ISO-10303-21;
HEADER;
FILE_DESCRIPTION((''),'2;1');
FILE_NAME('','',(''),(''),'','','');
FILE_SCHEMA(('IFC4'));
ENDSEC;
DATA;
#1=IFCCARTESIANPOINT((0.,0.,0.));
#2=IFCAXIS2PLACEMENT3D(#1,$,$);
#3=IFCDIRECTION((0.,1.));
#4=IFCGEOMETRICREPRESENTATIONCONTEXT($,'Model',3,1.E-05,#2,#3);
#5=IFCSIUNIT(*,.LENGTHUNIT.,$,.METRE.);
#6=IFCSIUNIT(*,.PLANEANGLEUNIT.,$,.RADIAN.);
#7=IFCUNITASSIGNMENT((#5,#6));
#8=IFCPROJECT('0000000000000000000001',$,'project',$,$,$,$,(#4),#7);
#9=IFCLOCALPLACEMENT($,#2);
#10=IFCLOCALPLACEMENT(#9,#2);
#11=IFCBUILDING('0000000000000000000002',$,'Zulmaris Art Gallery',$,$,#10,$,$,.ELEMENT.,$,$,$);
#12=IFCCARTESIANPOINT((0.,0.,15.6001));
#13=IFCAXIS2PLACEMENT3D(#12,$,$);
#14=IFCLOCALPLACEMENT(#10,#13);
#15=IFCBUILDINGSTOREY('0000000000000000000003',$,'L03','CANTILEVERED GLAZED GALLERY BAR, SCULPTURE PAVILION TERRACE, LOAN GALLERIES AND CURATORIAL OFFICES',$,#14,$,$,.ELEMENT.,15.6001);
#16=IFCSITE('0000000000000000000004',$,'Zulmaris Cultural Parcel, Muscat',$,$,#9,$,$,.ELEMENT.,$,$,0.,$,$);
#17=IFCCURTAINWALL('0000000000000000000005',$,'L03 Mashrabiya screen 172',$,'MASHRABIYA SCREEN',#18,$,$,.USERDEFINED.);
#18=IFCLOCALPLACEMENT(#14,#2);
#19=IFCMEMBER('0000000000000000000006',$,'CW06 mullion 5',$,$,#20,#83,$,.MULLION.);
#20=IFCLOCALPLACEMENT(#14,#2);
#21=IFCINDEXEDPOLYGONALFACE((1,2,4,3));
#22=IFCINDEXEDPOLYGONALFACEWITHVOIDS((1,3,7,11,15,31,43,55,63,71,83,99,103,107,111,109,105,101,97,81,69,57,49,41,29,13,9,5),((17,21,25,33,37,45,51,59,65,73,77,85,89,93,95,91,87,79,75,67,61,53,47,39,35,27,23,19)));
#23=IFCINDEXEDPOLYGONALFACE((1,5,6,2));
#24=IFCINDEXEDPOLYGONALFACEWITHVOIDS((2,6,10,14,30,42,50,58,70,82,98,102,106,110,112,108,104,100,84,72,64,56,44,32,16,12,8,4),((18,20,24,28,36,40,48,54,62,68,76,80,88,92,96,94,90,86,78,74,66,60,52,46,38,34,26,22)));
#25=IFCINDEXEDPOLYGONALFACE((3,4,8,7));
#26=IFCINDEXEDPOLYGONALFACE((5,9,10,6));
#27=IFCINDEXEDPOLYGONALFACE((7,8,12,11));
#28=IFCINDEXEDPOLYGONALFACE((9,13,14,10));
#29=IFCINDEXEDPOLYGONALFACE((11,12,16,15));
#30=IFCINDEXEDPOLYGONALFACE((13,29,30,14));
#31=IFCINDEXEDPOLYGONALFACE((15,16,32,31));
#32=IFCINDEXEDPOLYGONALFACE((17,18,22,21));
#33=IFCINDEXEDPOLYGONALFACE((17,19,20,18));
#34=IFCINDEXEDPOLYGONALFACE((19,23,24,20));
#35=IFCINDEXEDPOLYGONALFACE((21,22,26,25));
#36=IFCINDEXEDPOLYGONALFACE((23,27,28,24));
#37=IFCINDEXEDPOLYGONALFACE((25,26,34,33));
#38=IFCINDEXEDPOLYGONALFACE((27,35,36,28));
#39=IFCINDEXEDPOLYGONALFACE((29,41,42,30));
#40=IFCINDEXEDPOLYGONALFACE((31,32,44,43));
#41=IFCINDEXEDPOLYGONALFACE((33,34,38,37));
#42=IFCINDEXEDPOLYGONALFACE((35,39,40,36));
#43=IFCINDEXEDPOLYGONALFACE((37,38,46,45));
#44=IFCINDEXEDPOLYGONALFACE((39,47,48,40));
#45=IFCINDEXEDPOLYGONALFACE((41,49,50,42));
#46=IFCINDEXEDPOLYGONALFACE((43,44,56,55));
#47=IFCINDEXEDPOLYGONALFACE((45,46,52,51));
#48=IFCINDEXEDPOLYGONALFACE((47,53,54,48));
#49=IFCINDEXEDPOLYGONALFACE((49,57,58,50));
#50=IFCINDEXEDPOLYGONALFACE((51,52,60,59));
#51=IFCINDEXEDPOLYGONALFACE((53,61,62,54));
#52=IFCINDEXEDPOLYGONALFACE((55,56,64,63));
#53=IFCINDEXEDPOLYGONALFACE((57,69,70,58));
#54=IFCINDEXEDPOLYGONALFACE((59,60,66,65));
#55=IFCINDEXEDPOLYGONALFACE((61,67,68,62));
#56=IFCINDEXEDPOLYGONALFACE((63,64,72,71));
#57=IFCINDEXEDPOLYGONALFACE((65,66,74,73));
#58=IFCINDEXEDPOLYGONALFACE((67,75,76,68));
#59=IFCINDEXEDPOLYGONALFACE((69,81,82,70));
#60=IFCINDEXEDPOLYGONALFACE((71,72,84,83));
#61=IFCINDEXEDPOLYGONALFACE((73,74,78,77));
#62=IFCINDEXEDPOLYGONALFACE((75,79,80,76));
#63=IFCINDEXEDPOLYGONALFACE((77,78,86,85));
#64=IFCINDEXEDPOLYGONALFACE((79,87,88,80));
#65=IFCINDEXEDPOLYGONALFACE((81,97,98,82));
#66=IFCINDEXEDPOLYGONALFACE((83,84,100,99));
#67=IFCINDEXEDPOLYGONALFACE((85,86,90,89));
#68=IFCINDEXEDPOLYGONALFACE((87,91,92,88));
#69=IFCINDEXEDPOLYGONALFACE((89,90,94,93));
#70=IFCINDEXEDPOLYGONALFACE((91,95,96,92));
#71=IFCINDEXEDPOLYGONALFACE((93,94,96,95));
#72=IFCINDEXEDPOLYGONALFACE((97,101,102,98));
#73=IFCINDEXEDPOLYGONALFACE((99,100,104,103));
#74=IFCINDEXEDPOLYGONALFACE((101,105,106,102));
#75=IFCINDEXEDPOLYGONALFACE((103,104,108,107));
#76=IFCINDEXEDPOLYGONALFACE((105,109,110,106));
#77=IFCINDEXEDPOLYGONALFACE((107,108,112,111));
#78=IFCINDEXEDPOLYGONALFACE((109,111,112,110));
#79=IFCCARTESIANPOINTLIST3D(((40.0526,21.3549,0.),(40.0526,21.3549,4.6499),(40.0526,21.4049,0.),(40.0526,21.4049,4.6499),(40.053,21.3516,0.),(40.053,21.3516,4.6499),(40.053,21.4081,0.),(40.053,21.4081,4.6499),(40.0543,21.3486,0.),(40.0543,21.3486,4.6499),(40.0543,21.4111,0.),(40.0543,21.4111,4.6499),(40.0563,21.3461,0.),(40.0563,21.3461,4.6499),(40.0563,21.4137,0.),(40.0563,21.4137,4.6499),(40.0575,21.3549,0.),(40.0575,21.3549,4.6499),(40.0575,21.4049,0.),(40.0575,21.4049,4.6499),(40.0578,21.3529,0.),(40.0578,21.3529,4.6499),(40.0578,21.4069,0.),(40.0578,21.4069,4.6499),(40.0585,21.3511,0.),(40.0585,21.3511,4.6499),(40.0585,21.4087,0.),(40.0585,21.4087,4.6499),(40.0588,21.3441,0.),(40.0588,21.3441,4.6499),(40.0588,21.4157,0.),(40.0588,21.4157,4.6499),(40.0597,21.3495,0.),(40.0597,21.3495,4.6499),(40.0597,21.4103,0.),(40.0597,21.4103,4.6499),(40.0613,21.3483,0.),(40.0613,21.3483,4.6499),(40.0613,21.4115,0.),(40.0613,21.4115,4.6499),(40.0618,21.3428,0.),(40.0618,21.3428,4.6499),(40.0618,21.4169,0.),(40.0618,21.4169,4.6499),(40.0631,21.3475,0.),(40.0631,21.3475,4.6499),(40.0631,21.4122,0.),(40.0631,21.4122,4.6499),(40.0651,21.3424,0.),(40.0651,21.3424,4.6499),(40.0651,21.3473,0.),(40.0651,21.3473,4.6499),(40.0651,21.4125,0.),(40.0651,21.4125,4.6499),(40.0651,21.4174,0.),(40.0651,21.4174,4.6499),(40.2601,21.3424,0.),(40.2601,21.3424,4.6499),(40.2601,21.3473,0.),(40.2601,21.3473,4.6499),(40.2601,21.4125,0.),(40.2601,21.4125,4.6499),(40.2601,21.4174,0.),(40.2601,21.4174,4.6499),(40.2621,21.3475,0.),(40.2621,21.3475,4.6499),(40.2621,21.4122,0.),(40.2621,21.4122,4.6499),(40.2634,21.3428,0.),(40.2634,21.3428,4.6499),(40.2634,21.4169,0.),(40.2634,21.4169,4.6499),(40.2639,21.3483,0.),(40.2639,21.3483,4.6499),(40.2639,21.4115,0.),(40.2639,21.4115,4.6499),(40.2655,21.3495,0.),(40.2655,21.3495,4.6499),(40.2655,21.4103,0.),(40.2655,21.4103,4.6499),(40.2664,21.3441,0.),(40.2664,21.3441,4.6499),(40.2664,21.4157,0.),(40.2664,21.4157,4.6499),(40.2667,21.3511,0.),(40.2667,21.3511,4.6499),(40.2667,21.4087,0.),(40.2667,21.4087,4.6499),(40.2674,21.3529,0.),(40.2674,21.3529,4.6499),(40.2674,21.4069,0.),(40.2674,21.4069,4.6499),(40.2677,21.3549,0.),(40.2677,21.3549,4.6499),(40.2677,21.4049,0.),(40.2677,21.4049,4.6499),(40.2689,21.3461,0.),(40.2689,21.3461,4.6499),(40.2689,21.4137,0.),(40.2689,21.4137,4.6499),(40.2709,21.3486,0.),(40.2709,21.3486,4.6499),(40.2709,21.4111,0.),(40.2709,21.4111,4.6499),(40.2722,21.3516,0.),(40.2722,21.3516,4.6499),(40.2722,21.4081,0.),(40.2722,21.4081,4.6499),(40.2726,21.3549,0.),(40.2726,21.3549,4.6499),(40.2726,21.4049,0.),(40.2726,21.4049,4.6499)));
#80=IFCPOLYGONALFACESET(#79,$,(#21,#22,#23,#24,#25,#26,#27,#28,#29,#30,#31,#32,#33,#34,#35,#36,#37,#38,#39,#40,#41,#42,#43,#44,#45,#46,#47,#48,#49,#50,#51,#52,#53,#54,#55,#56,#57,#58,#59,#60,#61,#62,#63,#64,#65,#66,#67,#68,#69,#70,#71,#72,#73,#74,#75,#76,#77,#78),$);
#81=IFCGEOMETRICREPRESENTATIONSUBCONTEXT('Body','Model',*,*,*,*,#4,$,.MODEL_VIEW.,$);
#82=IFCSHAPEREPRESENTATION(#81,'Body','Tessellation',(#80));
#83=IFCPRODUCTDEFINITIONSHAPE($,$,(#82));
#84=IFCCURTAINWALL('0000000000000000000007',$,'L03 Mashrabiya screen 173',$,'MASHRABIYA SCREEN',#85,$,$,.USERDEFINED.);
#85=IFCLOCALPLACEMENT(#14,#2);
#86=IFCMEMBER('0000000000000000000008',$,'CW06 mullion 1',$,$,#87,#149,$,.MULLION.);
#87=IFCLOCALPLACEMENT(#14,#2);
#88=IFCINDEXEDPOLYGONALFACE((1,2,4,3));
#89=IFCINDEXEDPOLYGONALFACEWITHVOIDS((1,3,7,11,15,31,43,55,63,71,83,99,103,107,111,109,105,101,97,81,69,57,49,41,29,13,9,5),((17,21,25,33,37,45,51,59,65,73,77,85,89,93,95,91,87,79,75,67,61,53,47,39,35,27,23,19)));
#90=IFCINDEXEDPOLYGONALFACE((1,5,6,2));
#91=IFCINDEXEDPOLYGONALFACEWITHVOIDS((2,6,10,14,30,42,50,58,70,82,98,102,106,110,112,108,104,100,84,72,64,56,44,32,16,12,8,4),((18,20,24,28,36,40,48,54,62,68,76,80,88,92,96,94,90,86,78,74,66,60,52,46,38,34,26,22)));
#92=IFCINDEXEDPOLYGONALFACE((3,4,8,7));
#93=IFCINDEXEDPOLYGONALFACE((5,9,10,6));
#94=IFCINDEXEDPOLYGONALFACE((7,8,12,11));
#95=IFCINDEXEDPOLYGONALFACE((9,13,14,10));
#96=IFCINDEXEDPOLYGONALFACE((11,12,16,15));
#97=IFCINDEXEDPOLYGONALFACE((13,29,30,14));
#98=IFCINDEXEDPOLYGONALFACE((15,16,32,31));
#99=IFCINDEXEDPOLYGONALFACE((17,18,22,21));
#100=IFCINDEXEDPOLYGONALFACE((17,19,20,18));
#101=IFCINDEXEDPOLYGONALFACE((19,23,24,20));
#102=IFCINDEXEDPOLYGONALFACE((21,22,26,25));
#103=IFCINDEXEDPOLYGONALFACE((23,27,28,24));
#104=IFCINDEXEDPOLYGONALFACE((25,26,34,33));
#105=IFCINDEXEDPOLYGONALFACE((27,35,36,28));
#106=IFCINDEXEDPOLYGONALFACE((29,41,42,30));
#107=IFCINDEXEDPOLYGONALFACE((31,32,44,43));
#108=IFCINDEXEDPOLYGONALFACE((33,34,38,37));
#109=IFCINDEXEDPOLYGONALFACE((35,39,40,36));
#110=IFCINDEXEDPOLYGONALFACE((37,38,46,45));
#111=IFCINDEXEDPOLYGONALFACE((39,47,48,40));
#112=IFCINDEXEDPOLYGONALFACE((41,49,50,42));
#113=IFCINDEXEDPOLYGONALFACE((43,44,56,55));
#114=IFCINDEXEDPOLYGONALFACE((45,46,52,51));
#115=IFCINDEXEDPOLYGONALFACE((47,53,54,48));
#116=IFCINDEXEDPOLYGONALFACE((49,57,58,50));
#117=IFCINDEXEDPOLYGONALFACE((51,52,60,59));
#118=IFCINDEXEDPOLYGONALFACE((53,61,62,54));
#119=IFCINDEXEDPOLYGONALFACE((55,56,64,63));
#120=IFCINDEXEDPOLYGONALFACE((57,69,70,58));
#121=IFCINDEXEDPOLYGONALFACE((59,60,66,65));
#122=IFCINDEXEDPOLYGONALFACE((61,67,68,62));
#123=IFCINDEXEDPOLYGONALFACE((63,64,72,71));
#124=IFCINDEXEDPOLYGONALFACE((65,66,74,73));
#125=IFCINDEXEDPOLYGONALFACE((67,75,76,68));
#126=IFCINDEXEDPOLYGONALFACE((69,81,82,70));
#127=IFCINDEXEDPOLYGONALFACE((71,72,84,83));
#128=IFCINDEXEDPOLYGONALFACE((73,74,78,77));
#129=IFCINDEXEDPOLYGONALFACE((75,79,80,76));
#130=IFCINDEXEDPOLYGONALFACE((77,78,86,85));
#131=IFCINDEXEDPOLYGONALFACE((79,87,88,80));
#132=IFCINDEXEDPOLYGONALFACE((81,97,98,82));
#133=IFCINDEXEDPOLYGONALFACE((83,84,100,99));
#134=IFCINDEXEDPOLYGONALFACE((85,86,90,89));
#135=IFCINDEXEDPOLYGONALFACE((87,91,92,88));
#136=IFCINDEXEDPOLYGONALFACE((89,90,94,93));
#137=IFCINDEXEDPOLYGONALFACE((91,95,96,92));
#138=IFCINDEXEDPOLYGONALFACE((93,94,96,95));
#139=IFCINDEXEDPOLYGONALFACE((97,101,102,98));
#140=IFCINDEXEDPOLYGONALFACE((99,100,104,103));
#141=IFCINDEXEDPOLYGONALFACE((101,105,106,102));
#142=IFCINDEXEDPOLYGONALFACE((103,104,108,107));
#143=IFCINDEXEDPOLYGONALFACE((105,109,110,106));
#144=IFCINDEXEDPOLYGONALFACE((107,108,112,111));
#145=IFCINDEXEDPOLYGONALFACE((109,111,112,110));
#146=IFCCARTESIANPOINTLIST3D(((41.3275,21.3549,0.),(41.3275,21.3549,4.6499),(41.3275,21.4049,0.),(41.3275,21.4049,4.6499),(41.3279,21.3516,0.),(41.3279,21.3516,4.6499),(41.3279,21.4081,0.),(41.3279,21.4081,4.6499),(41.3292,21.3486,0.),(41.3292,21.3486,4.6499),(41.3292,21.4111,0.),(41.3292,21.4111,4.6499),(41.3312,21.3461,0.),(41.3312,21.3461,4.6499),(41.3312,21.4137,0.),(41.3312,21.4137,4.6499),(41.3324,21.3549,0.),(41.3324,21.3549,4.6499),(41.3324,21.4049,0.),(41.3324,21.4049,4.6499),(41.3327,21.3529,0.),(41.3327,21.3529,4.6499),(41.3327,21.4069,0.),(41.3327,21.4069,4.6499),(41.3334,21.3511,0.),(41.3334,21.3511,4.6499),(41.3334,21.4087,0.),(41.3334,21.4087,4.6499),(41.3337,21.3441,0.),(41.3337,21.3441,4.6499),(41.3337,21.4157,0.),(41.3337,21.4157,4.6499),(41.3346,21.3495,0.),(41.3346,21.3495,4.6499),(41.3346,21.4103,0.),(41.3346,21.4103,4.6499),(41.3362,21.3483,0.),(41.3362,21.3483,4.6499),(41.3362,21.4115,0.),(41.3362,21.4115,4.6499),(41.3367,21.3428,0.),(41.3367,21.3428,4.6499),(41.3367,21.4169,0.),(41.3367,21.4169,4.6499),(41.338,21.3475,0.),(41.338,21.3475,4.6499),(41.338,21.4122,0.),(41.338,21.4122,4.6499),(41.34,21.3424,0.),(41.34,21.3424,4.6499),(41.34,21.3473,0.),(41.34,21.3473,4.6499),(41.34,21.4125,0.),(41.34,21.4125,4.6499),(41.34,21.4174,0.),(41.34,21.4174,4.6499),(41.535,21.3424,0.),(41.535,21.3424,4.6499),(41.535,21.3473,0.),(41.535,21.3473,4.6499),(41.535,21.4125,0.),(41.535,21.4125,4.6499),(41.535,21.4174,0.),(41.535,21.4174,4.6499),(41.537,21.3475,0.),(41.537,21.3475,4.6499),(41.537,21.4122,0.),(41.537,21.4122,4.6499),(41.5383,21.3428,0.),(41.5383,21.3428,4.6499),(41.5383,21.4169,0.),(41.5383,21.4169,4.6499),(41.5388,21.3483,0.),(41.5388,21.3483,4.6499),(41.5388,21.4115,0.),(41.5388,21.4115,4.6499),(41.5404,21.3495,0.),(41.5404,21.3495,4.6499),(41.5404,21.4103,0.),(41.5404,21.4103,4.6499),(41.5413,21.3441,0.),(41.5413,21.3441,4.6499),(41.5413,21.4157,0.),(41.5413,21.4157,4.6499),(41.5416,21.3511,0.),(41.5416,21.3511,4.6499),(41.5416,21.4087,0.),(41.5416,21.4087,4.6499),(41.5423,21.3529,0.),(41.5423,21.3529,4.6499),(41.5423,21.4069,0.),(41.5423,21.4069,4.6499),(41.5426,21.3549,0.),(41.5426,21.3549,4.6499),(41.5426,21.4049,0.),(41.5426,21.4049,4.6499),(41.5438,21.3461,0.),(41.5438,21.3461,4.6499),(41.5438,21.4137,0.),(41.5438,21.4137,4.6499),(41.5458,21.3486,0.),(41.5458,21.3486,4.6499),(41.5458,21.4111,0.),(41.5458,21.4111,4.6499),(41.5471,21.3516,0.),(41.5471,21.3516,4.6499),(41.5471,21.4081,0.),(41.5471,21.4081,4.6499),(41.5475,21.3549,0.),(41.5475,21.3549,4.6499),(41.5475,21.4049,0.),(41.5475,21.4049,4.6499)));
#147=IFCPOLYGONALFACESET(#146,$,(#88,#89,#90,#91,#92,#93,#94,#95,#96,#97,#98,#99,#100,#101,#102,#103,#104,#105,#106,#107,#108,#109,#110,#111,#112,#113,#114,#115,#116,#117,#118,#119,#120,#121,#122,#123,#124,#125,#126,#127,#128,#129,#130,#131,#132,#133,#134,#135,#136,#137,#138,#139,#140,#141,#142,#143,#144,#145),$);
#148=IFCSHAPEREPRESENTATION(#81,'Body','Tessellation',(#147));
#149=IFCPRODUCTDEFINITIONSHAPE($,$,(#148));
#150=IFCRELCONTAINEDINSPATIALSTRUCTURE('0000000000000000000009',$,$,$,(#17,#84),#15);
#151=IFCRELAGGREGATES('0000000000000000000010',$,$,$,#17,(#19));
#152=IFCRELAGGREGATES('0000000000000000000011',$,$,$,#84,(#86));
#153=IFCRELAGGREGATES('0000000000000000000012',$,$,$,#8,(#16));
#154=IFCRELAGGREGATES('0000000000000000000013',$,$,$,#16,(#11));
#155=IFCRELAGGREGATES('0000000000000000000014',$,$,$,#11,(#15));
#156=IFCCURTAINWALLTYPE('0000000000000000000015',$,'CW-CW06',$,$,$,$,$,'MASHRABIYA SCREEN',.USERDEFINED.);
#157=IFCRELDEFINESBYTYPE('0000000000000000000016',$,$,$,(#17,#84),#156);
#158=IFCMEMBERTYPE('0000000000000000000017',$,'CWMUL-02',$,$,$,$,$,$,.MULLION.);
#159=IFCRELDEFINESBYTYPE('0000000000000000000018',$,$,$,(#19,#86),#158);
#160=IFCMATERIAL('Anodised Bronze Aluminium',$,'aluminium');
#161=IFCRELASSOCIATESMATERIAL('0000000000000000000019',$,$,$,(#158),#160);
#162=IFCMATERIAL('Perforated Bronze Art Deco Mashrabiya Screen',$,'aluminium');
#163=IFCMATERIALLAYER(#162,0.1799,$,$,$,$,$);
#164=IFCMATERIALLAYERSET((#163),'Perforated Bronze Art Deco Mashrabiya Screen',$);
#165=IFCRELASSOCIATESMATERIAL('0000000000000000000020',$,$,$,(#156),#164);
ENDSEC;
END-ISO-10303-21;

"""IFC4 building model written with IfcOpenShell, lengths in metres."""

from ifc_helpers import new_model, si_unit, direction, frame, origin, origin_2d, place, context, subcontext, project, spatial, hollow_rectangle, extrude, material, layer, layer_set, material_profile, profile_set, type_object, element, aggregate, save


model = new_model("IFC4")

# Units and contexts
model_context = context("Model", 3, precision=1e-05, world=origin(), true_north=direction((0.0, 1.0)))
body_context = subcontext(model_context, "Body", "Model", "MODEL_VIEW")
ifc_project = project(units=[si_unit("LENGTHUNIT", "METRE"), si_unit("PLANEANGLEUNIT", "RADIAN")], contexts=[model_context])

# Site, building, storey
site_placement = place(None, origin())
site = spatial("IfcSite", under=ifc_project, at=site_placement, Name="Zulmaris Cultural Parcel, Muscat", CompositionType="ELEMENT", RefElevation=0.0)
building_placement = place(site_placement, origin())
building = spatial("IfcBuilding", under=site, at=building_placement, Name="Zulmaris Art Gallery", CompositionType="ELEMENT")
storey_placement = place(building_placement, frame((0.0, 0.0, 15.6001)))
storey = spatial("IfcBuildingStorey", under=building, at=storey_placement, Name="L03", Description="CANTILEVERED GLAZED GALLERY BAR, SCULPTURE PAVILION TERRACE, LOAN GALLERIES AND CURATORIAL OFFICES", CompositionType="ELEMENT", Elevation=15.6001)

# Shared definitions
ifc_material_1 = material(Name="Anodised Bronze Aluminium", Category="aluminium")
ifc_material_profile_1 = material_profile(ifc_material_1, hollow_rectangle(XDim=0.075, YDim=0.22, WallThickness=0.0049, InnerFilletRadius=0.0076, OuterFilletRadius=0.0125, at=origin_2d()), Name="ALU 75x220x5")
ifc_profile_set_1 = profile_set([ifc_material_profile_1], Name="Anodised Bronze Aluminium")
member_type_1 = type_object("IfcMemberType", Name="CWMUL-02", PredefinedType="MULLION", material=ifc_profile_set_1)

# Curtain wall, member
ifc_material_2 = material(Name="Perforated Bronze Art Deco Mashrabiya Screen", Category="aluminium")
ifc_layer_1 = layer(ifc_material_2, 0.1799)
ifc_layer_set_1 = layer_set([ifc_layer_1], Name="Perforated Bronze Art Deco Mashrabiya Screen")
curtain_wall_type_1 = type_object("IfcCurtainWallType", Name="CW-CW06", ElementType="MASHRABIYA SCREEN", PredefinedType="USERDEFINED", material=ifc_layer_set_1)
curtain_wall_1_placement = place(storey_placement, origin())
curtain_wall_1 = element("IfcCurtainWall", 1, at=curtain_wall_1_placement, inside=storey, type_object=curtain_wall_type_1, Name="L03 Mashrabiya screen 172", ObjectType="MASHRABIYA SCREEN", PredefinedType="USERDEFINED")
member_1_placement = place(storey_placement, frame((40.1626, 21.3799, 0.0), z_axis=(0.0, 0.0, 1.0), x_axis=(0.0, 1.0, 0.0)))
member_1 = element("IfcMember", 2, at=member_1_placement, type_object=member_type_1, Name="CW06 mullion 5", PredefinedType="MULLION", context=body_context, shape_type="SweptSolid", body=[
    extrude(hollow_rectangle(XDim=0.075, YDim=0.22, WallThickness=0.0049, InnerFilletRadius=0.0076, OuterFilletRadius=0.0125, at=origin_2d()), origin(), (0.0, 0.0, 1.0), 4.6499),
])

# Curtain wall, member
curtain_wall_2_placement = place(storey_placement, origin())
curtain_wall_2 = element("IfcCurtainWall", 3, at=curtain_wall_2_placement, inside=storey, type_object=curtain_wall_type_1, Name="L03 Mashrabiya screen 173", ObjectType="MASHRABIYA SCREEN", PredefinedType="USERDEFINED")
member_2_placement = place(storey_placement, frame((41.4375, 21.3799, 0.0), z_axis=(0.0, 0.0, 1.0), x_axis=(0.0, 1.0, 0.0)))
member_2 = element("IfcMember", 4, at=member_2_placement, type_object=member_type_1, Name="CW06 mullion 1", PredefinedType="MULLION", context=body_context, shape_type="SweptSolid", body=[
    extrude(hollow_rectangle(XDim=0.075, YDim=0.22, WallThickness=0.0049, InnerFilletRadius=0.0076, OuterFilletRadius=0.0125, at=origin_2d()), origin(), (0.0, 0.0, 1.0), 4.6499),
])

aggregate(curtain_wall_1, [member_1])
aggregate(curtain_wall_2, [member_2])

save(model, "model.ifc")
